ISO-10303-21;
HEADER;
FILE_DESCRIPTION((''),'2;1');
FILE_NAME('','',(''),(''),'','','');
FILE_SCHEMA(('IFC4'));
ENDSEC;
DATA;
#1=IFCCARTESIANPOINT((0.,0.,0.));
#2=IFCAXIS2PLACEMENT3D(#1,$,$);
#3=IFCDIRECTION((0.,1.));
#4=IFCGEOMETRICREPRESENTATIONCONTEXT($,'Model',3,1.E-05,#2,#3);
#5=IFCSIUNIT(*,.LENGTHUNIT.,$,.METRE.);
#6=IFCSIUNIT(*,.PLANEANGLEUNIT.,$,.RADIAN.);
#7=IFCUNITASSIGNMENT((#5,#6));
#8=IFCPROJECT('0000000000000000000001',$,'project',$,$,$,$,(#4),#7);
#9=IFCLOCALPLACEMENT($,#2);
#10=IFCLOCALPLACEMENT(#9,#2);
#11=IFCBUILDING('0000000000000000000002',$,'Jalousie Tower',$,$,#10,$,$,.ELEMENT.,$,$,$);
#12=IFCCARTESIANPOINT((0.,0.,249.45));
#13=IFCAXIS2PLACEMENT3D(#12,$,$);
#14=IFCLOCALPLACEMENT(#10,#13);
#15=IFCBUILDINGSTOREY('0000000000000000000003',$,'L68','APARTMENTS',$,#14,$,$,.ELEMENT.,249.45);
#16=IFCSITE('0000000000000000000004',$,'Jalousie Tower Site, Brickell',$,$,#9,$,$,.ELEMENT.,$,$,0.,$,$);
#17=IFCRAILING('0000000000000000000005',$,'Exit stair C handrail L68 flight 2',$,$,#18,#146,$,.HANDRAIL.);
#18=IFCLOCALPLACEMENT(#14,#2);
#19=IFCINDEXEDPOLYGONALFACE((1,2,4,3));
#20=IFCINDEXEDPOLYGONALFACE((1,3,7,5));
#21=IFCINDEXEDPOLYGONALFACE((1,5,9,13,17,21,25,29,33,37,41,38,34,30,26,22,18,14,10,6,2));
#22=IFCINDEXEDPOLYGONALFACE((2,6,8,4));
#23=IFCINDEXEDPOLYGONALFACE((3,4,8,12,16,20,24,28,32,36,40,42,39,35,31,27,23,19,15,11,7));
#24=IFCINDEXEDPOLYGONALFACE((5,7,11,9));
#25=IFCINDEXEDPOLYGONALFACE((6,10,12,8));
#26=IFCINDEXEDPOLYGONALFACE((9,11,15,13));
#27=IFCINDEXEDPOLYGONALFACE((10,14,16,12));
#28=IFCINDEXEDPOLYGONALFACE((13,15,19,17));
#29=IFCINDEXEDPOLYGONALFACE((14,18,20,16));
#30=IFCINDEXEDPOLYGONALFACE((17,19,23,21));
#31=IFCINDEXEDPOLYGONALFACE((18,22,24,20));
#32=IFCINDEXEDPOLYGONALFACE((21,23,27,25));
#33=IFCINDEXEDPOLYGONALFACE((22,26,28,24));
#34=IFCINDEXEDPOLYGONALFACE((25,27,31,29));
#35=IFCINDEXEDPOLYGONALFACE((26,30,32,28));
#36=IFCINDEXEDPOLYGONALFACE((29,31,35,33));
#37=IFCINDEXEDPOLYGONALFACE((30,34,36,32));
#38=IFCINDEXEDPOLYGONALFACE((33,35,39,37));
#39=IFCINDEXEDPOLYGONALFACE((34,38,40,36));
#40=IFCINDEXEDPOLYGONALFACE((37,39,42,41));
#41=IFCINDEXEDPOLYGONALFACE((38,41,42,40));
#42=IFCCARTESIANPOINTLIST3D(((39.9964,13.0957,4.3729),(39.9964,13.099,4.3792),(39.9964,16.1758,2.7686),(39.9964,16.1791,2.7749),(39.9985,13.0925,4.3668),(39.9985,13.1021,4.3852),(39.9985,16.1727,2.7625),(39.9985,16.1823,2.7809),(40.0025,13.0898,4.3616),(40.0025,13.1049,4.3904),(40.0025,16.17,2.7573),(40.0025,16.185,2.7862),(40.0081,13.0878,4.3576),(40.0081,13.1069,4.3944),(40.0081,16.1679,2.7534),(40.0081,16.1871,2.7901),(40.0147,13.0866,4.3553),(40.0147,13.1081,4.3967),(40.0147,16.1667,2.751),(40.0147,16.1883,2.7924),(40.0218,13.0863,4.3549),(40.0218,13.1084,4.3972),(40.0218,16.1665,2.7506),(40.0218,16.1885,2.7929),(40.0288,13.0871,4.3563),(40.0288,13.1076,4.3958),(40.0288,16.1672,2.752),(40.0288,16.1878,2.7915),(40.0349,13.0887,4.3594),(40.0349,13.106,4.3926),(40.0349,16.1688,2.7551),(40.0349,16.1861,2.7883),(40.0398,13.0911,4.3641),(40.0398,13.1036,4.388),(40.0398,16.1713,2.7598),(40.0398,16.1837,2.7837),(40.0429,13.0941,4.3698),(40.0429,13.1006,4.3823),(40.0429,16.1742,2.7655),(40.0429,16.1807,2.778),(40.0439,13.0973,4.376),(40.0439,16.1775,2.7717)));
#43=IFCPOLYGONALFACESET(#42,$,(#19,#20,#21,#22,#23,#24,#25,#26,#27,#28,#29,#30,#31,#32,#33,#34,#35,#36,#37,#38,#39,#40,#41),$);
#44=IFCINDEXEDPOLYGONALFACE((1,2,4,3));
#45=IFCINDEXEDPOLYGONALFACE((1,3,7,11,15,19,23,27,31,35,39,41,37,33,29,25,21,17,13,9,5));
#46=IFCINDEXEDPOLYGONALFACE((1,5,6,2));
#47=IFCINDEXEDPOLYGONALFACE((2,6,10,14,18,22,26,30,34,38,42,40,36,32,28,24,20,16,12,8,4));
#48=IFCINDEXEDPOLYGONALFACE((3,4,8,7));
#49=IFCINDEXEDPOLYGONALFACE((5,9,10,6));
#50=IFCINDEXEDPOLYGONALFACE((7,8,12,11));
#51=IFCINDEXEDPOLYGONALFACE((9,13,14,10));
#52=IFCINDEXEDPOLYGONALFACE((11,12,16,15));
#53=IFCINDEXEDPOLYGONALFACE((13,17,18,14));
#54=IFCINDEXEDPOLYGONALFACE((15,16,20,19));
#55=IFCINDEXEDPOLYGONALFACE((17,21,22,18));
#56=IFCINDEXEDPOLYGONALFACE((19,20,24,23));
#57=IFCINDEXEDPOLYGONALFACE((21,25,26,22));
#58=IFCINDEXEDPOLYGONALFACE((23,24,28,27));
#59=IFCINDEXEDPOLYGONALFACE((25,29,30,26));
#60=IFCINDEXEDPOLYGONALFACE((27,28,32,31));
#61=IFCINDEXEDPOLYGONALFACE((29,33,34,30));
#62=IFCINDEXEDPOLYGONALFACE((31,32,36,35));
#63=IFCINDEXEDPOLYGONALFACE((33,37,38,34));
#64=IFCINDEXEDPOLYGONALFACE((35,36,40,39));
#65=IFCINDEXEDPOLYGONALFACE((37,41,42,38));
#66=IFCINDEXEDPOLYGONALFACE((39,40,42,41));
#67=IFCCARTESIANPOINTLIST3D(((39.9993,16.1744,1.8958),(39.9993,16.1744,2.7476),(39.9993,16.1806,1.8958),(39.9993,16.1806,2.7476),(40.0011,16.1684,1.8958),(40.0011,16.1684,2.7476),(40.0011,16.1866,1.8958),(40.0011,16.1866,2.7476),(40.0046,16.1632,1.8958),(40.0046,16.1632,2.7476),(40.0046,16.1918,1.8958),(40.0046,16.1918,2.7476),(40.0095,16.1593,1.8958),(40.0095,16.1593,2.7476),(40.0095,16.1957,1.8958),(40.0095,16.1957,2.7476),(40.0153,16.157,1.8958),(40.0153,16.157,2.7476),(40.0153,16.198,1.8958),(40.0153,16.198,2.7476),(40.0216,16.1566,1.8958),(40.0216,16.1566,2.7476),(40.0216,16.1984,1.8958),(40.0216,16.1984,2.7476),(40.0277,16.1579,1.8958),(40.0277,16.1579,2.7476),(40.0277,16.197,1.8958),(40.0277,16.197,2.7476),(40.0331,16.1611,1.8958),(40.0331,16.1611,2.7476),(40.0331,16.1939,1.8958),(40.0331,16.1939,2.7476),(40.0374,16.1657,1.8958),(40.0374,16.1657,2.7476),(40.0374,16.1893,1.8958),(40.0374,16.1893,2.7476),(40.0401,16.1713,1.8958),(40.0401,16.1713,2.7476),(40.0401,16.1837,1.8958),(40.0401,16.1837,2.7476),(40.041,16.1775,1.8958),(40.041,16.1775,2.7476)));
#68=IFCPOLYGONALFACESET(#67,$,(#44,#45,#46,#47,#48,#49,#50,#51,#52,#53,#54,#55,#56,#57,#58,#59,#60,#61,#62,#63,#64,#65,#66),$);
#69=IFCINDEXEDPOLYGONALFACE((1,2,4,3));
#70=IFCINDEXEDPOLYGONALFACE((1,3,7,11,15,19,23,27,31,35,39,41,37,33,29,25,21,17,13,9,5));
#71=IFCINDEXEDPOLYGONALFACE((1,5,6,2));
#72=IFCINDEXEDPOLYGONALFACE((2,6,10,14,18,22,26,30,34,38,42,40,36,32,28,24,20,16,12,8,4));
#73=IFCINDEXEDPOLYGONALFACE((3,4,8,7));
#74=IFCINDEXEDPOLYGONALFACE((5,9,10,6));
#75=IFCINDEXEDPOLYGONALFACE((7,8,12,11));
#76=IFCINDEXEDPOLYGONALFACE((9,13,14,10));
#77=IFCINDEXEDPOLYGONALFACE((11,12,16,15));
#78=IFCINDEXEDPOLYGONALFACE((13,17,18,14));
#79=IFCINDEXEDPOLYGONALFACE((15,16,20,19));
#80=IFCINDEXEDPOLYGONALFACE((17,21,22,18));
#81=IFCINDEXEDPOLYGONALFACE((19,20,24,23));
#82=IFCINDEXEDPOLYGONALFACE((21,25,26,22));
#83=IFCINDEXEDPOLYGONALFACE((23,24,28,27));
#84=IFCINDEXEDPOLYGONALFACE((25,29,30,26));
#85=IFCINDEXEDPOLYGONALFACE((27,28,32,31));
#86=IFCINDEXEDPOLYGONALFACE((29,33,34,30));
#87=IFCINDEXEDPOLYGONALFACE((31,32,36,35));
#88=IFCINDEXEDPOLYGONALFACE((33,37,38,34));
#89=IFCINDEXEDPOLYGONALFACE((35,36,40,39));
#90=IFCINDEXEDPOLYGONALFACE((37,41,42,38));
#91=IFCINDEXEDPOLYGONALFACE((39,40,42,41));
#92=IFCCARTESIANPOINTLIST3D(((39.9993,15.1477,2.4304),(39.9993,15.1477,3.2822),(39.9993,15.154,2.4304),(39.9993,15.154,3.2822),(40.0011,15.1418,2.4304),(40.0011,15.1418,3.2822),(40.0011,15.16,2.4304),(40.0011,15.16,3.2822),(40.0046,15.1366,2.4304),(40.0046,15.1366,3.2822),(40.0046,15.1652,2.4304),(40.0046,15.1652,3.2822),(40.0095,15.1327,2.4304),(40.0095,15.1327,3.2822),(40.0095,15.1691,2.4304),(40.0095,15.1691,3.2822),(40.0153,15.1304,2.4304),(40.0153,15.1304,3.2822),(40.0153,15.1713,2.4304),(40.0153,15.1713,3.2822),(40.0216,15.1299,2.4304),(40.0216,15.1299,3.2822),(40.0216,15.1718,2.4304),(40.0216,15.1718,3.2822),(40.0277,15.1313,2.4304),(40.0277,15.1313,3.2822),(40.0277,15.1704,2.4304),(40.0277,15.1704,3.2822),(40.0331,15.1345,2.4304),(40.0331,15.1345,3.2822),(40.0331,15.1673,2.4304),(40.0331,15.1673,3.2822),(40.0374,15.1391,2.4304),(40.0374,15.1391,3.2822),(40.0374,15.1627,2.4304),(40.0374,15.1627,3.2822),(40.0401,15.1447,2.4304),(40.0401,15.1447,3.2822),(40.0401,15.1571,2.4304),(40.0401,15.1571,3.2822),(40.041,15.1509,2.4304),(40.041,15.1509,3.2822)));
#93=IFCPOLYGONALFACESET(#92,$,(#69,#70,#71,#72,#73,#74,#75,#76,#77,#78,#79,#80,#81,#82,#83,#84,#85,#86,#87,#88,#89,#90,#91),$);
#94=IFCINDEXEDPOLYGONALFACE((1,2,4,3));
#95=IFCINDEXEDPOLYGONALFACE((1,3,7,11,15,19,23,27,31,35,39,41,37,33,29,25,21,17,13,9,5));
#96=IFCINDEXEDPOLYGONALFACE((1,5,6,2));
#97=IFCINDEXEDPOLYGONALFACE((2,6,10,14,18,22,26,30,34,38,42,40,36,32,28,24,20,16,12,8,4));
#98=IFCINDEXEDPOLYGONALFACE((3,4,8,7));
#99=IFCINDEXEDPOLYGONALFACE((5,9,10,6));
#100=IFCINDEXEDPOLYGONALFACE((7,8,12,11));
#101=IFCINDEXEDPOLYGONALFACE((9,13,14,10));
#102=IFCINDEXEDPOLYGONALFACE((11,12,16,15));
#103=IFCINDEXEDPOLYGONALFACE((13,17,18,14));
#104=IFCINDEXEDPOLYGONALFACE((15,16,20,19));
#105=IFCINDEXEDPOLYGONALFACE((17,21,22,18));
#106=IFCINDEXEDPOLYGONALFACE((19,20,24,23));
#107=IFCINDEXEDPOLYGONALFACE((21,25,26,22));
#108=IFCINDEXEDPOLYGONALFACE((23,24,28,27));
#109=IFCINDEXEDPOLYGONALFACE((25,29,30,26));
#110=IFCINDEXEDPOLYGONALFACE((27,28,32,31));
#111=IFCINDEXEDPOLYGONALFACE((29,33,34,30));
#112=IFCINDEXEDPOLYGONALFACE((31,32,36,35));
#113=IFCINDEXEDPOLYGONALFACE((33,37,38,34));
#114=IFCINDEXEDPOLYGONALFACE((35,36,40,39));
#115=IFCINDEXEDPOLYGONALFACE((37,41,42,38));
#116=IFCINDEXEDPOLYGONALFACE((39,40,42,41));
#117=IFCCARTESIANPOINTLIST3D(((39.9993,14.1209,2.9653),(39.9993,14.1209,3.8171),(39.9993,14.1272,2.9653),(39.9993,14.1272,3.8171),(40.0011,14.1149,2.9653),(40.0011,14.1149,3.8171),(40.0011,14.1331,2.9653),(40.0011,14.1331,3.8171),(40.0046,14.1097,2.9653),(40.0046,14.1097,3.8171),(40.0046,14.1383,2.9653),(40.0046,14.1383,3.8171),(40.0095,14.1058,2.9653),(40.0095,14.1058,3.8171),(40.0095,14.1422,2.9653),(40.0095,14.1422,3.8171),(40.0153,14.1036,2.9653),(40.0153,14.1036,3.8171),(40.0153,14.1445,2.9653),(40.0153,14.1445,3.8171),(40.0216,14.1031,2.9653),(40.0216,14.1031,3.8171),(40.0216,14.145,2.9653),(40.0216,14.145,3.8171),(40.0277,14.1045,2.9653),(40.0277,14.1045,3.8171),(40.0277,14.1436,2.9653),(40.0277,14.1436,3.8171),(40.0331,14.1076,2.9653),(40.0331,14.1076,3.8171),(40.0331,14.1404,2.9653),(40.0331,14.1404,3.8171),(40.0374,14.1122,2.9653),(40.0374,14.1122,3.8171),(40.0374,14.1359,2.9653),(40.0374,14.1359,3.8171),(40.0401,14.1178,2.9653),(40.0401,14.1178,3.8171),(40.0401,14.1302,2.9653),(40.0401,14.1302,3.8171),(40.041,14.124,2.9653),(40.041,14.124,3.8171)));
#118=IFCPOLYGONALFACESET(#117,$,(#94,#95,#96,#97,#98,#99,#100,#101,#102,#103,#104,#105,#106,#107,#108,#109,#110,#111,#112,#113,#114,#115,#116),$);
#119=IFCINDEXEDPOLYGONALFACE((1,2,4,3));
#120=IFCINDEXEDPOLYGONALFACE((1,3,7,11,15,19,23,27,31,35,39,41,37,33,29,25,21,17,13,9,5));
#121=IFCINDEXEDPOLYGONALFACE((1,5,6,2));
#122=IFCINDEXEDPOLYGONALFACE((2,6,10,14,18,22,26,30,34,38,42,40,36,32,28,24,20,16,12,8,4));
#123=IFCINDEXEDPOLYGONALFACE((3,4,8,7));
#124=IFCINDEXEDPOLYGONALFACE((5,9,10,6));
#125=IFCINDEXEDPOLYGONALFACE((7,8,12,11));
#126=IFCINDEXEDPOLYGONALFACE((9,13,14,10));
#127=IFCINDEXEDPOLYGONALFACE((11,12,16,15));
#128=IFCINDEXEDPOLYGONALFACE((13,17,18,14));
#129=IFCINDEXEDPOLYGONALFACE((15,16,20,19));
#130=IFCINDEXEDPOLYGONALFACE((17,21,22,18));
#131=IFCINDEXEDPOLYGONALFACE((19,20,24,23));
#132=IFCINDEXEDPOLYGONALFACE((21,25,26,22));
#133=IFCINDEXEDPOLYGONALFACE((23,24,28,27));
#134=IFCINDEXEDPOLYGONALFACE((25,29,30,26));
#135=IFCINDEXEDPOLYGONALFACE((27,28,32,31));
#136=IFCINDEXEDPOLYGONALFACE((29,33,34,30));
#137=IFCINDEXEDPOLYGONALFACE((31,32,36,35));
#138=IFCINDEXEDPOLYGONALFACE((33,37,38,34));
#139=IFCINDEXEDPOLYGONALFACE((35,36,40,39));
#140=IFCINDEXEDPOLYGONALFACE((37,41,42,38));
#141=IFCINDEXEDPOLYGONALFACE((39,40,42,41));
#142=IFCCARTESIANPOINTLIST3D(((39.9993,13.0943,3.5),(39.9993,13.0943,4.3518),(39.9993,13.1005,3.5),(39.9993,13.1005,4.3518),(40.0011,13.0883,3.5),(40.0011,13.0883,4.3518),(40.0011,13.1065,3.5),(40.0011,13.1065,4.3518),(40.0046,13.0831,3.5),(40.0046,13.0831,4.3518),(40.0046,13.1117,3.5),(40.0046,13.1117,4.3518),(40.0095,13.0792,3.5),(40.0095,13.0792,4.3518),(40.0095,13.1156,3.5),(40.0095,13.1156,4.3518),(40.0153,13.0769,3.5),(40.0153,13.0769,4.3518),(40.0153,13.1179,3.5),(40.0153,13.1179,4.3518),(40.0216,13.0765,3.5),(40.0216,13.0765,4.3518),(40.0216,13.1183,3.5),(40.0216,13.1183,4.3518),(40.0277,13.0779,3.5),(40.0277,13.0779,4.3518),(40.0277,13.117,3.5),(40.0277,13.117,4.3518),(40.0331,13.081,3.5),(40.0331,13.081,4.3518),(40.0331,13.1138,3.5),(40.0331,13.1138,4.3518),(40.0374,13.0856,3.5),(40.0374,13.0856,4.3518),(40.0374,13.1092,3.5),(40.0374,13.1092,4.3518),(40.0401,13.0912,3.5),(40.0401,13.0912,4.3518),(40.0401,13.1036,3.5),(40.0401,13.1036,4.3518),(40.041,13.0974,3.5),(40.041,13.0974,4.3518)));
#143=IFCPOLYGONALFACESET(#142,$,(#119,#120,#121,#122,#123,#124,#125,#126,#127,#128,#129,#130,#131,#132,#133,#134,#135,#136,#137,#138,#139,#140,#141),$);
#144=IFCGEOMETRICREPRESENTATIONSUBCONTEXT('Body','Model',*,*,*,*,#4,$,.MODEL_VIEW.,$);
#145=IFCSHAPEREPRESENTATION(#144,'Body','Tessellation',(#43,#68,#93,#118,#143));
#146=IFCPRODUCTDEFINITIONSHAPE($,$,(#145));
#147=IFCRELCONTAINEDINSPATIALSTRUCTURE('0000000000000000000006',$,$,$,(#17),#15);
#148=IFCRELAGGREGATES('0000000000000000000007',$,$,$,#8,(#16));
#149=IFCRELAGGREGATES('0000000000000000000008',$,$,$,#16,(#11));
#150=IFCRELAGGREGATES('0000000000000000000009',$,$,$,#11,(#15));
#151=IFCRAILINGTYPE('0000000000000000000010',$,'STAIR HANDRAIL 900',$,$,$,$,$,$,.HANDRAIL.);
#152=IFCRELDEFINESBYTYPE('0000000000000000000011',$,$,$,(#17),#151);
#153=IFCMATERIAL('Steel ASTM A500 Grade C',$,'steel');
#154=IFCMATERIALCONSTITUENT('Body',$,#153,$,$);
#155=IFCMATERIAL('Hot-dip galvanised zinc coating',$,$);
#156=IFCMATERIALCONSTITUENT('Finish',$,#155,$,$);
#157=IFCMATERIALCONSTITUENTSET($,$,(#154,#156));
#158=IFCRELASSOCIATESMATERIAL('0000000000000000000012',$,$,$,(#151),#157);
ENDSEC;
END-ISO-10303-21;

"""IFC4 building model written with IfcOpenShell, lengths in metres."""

from ifc_helpers import new_model, si_unit, direction, frame, origin, origin_2d, place, context, subcontext, project, spatial, circle, extrude, material, constituent, constituent_set, type_object, element, save


model = new_model("IFC4")

# Units and contexts
model_context = context("Model", 3, precision=1e-05, world=origin(), true_north=direction((0.0, 1.0)))
body_context = subcontext(model_context, "Body", "Model", "MODEL_VIEW")
ifc_project = project(units=[si_unit("LENGTHUNIT", "METRE"), si_unit("PLANEANGLEUNIT", "RADIAN")], contexts=[model_context])

# Site, building, storey
site_placement = place(None, origin())
site = spatial("IfcSite", under=ifc_project, at=site_placement, Name="Jalousie Tower Site, Brickell", CompositionType="ELEMENT", RefElevation=0.0)
building_placement = place(site_placement, origin())
building = spatial("IfcBuilding", under=site, at=building_placement, Name="Jalousie Tower", CompositionType="ELEMENT")
storey_placement = place(building_placement, frame((0.0, 0.0, 249.45)))
storey = spatial("IfcBuildingStorey", under=building, at=storey_placement, Name="L68", Description="APARTMENTS", CompositionType="ELEMENT", Elevation=249.45)

# Railing
ifc_material_1 = material(Name="Steel ASTM A500 Grade C", Category="steel")
ifc_constituent_1 = constituent(ifc_material_1, Name="Body")
ifc_material_2 = material(Name="Hot-dip galvanised zinc coating")
ifc_constituent_2 = constituent(ifc_material_2, Name="Finish")
ifc_constituent_set_1 = constituent_set(constituents=[ifc_constituent_1, ifc_constituent_2])
railing_type_1 = type_object("IfcRailingType", Name="STAIR HANDRAIL 900", PredefinedType="HANDRAIL", material=ifc_constituent_set_1)
railing_1_placement = place(storey_placement, frame((40.02, 16.1775, 1.8958)))
element("IfcRailing", 1, at=railing_1_placement, inside=storey, type_object=railing_type_1, Name="Exit stair C handrail L68 flight 2", PredefinedType="HANDRAIL", context=body_context, shape_type="SweptSolid", body=[
    extrude(circle(Radius=0.0239, at=origin_2d()), frame((0.0, 0.0, 0.876), z_axis=(0.0, -0.886909, 0.461944), x_axis=(1.0, 0.0, 0.0)), (0.0, 0.0, 1.0), 3.4729),
    extrude(circle(Radius=0.021, at=origin_2d()), origin(), (0.0, 0.0, 1.0), 0.8518),
    extrude(circle(Radius=0.021, at=origin_2d()), frame((0.0, -1.0266, 0.5347)), (0.0, 0.0, 1.0), 0.8518),
    extrude(circle(Radius=0.021, at=origin_2d()), frame((0.0, -2.0535, 1.0696)), (0.0, 0.0, 1.0), 0.8518),
    extrude(circle(Radius=0.021, at=origin_2d()), frame((0.0, -3.0801, 1.6042)), (0.0, 0.0, 1.0), 0.8518),
])

save(model, "model.ifc")
